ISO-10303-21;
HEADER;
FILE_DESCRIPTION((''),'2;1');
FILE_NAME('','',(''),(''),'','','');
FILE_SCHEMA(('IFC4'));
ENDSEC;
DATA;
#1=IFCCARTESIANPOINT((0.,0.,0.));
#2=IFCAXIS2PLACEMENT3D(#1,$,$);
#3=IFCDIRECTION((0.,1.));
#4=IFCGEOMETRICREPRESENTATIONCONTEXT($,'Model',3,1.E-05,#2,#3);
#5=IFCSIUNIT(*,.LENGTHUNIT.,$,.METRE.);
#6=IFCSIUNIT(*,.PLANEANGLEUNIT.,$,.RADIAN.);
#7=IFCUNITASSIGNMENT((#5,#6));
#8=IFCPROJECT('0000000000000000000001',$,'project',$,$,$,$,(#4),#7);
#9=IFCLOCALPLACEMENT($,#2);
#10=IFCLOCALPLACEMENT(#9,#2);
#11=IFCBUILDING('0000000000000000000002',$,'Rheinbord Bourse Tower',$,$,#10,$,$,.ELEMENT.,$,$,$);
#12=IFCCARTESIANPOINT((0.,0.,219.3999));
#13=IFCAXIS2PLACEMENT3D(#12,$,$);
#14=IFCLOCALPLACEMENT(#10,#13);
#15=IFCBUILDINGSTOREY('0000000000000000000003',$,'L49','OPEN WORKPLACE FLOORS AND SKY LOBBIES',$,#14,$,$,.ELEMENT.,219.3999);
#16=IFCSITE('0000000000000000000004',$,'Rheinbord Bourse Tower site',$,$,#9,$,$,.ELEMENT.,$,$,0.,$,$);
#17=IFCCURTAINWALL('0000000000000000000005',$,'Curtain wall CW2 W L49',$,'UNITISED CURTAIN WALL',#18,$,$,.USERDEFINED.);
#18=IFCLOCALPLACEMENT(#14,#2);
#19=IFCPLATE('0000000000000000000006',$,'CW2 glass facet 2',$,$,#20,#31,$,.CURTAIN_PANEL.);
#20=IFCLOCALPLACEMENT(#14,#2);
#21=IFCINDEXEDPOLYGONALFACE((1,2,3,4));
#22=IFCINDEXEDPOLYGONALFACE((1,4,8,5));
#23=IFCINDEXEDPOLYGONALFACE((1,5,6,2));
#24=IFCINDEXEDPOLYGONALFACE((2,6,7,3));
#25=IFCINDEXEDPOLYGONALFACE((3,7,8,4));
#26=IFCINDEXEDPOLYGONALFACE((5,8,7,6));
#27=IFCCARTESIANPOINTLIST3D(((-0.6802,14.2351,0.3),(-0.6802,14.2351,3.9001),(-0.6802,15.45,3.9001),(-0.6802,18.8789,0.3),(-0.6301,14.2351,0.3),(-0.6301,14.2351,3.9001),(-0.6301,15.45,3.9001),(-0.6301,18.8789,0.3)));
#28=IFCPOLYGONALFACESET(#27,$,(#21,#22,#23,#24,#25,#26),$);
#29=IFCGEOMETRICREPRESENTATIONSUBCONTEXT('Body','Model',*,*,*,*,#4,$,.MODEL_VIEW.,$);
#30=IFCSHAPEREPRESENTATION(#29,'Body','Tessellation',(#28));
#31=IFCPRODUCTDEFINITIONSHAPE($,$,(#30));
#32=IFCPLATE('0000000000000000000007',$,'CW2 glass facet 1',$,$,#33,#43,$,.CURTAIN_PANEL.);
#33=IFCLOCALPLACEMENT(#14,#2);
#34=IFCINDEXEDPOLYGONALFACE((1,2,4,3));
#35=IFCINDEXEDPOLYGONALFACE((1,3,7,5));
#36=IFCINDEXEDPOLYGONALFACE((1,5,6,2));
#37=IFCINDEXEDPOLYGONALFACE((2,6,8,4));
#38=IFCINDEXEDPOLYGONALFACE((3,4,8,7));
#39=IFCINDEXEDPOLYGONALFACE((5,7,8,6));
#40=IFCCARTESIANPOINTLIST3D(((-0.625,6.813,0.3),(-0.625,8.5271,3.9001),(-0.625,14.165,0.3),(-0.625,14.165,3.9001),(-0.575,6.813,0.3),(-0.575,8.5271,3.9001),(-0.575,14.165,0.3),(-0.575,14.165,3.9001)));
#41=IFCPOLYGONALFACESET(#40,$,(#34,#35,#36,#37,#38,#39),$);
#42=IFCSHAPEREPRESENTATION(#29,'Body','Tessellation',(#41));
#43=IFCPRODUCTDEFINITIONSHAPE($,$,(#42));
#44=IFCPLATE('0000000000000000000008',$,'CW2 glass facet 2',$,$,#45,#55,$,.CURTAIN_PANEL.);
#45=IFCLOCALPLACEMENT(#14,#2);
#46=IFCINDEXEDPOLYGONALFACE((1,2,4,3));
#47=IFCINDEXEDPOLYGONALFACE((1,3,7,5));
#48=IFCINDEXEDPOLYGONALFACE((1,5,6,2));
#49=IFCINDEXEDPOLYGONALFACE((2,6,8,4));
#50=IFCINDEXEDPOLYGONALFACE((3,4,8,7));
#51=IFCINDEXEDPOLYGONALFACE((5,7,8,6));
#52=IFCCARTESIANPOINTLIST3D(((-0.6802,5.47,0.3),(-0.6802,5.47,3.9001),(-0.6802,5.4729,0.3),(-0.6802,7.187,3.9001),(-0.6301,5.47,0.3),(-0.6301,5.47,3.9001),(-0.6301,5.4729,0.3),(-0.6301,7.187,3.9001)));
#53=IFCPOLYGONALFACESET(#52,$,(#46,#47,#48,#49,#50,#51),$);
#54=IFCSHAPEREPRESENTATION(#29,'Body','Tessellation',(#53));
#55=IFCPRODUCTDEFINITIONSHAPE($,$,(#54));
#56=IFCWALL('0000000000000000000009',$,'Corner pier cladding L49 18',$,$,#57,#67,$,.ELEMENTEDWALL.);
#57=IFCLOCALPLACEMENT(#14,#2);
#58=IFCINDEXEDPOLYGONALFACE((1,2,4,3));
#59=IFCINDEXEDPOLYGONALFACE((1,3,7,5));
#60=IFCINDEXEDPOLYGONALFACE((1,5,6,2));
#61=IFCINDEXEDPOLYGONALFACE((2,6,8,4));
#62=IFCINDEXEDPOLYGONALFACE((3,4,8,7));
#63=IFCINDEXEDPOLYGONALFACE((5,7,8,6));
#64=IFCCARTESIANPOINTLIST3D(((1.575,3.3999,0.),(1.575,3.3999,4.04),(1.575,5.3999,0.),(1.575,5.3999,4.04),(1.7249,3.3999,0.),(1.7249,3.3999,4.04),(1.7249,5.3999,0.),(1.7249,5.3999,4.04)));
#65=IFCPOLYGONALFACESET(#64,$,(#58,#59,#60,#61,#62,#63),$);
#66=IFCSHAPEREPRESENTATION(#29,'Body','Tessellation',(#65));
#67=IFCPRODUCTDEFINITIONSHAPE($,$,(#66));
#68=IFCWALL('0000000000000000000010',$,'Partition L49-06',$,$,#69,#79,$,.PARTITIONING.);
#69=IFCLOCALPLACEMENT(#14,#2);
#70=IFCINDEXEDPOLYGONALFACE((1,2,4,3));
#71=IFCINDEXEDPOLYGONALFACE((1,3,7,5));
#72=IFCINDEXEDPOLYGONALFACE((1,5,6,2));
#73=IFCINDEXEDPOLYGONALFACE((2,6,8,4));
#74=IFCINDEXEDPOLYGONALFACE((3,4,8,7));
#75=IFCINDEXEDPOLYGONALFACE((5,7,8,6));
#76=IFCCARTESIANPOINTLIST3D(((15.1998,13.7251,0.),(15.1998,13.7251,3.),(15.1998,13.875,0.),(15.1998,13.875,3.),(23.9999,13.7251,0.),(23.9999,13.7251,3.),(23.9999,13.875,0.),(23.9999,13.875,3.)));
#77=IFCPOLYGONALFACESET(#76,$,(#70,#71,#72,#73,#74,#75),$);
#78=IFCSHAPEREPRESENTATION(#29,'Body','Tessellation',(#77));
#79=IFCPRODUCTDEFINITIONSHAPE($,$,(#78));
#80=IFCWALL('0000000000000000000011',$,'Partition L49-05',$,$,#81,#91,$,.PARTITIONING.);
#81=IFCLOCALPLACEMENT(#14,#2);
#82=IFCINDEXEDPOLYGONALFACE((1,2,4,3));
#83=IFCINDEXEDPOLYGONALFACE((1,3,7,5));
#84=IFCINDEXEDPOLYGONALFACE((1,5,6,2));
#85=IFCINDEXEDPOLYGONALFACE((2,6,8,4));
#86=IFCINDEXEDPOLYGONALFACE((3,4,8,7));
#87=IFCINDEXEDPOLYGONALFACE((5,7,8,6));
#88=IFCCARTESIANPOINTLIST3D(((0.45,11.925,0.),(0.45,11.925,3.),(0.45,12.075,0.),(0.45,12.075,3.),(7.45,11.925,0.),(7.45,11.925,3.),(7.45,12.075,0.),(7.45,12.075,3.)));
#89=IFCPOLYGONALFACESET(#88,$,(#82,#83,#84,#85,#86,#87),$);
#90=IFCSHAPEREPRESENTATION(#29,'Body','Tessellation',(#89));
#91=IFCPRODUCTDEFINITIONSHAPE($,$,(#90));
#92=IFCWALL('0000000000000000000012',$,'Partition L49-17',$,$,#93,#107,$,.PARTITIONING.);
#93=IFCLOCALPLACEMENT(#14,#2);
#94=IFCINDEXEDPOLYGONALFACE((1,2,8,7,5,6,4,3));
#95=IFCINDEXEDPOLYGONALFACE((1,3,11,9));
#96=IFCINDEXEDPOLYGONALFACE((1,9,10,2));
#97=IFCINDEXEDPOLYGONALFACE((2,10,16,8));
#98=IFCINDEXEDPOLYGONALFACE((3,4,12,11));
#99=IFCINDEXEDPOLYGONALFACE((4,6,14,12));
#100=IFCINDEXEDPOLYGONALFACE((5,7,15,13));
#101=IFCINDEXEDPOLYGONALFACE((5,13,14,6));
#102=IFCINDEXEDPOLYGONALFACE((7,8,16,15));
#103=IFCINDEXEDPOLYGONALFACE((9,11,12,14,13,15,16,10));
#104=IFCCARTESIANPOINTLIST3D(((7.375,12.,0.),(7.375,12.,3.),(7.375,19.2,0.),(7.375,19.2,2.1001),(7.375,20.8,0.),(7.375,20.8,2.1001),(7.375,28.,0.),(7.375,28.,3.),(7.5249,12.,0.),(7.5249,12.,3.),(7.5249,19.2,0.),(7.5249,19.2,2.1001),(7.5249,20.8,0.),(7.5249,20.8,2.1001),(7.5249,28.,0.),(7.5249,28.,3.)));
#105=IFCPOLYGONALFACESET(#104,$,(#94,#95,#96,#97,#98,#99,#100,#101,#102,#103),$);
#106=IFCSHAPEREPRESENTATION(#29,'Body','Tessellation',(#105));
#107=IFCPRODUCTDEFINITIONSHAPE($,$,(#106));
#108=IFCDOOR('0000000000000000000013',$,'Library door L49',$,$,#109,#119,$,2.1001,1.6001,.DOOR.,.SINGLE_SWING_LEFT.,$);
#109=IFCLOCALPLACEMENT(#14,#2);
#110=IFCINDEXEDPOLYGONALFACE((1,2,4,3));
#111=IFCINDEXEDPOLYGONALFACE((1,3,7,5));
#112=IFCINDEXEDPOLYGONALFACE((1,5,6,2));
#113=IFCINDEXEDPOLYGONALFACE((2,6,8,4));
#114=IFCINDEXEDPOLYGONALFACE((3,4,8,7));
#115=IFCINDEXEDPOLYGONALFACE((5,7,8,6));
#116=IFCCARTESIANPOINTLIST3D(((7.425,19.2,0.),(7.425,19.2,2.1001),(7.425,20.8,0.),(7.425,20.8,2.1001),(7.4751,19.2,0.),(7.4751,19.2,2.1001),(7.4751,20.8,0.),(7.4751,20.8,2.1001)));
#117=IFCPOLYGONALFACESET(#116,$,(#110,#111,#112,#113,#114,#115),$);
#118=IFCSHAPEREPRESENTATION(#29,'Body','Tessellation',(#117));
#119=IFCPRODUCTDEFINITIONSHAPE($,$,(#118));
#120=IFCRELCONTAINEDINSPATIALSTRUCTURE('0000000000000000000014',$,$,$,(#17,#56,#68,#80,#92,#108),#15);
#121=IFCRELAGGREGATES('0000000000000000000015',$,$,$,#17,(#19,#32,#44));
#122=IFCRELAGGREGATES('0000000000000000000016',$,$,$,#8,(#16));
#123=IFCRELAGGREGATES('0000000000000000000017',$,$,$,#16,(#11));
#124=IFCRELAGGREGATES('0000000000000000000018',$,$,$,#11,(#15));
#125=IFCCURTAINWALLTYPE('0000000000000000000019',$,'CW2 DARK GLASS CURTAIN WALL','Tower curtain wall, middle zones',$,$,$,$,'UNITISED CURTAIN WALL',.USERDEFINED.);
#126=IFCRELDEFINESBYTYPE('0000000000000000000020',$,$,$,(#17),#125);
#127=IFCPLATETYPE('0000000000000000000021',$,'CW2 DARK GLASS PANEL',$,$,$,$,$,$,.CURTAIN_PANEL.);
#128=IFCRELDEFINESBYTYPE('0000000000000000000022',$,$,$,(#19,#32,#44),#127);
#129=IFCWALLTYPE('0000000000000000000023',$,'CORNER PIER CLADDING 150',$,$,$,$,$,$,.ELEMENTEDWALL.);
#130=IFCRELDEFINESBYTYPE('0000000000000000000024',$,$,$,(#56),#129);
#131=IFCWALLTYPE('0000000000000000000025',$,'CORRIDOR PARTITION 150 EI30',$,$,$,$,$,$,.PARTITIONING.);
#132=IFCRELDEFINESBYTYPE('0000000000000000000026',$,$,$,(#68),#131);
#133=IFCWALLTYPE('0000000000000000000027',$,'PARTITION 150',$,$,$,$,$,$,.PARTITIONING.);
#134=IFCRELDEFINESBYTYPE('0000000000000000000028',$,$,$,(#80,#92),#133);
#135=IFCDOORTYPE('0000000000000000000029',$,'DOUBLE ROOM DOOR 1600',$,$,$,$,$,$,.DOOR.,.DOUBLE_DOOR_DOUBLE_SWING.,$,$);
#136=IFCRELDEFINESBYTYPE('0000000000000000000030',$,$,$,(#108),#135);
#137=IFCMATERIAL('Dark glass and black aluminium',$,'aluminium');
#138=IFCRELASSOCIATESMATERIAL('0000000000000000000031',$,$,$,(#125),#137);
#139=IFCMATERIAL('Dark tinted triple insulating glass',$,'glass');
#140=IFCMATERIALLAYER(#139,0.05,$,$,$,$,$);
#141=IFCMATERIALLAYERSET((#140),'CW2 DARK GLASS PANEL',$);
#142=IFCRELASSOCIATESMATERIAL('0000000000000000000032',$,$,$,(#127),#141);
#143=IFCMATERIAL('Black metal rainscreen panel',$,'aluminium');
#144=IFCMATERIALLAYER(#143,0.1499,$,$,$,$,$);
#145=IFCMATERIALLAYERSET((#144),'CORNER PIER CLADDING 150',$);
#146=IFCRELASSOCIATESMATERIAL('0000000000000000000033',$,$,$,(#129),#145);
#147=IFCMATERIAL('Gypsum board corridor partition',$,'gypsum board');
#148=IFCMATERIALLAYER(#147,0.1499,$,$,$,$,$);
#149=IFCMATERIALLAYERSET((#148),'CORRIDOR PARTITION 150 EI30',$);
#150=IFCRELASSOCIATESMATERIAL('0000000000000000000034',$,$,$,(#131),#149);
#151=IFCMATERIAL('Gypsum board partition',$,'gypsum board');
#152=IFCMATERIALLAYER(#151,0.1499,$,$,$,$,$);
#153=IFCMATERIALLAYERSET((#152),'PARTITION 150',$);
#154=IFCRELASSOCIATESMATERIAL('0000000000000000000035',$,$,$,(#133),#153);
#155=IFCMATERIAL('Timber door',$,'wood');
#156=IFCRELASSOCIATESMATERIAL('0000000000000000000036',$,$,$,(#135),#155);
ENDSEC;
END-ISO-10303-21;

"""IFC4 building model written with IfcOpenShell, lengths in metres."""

from ifc_helpers import new_model, si_unit, direction, frame, frame_2d, origin, place, context, subcontext, project, spatial, polyline, rectangle, outline, extrude, material, layer, layer_set, type_object, element, fill, aggregate, save


model = new_model("IFC4")

# Units and contexts
model_context = context("Model", 3, precision=1e-05, world=origin(), true_north=direction((0.0, 1.0)))
body_context = subcontext(model_context, "Body", "Model", "MODEL_VIEW")
ifc_project = project(units=[si_unit("LENGTHUNIT", "METRE"), si_unit("PLANEANGLEUNIT", "RADIAN")], contexts=[model_context])

# Site, building, storey
site_placement = place(None, origin())
site = spatial("IfcSite", under=ifc_project, at=site_placement, Name="Rheinbord Bourse Tower site", CompositionType="ELEMENT", RefElevation=0.0)
building_placement = place(site_placement, origin())
building = spatial("IfcBuilding", under=site, at=building_placement, Name="Rheinbord Bourse Tower", CompositionType="ELEMENT")
storey_placement = place(building_placement, frame((0.0, 0.0, 219.3999)))
storey = spatial("IfcBuildingStorey", under=building, at=storey_placement, Name="L49", Description="OPEN WORKPLACE FLOORS AND SKY LOBBIES", CompositionType="ELEMENT", Elevation=219.3999)

# Curtain wall
ifc_material_1 = material(Name="Dark glass and black aluminium", Category="aluminium")
curtain_wall_type = type_object("IfcCurtainWallType", Name="CW2 DARK GLASS CURTAIN WALL", Description="Tower curtain wall, middle zones", ElementType="UNITISED CURTAIN WALL", PredefinedType="USERDEFINED", material=ifc_material_1)
curtain_wall_placement = place(storey_placement, origin())
curtain_wall = element("IfcCurtainWall", 1, at=curtain_wall_placement, inside=storey, type_object=curtain_wall_type, Name="Curtain wall CW2 W L49", ObjectType="UNITISED CURTAIN WALL", PredefinedType="USERDEFINED")

# Plates
ifc_material_2 = material(Name="Dark tinted triple insulating glass", Category="glass")
ifc_layer_1 = layer(ifc_material_2, 0.05)
ifc_layer_set_1 = layer_set([ifc_layer_1], Name="CW2 DARK GLASS PANEL")
plate_type = type_object("IfcPlateType", Name="CW2 DARK GLASS PANEL", PredefinedType="CURTAIN_PANEL", material=ifc_layer_set_1)
plate_1_placement = place(storey_placement, frame((-0.6802, 14.2351, 3.9001), z_axis=(1.0, 0.0, 0.0), x_axis=(0.0, 0.0, -1.0)))
plate_1 = element("IfcPlate", 2, at=plate_1_placement, type_object=plate_type, Name="CW2 glass facet 2", PredefinedType="CURTAIN_PANEL", context=body_context, shape_type="SweptSolid", body=[
    extrude(outline(polyline([(0.0, 0.0), (3.6001, 0.0), (3.6001, 4.6438), (0.0, 1.2148), (0.0, 0.0)])), origin(), (0.0, 0.0, 1.0), 0.05),
])
plate_2_placement = place(storey_placement, frame((-0.625, 14.165, 0.3), z_axis=(1.0, 0.0, 0.0), x_axis=(0.0, 0.0, 1.0)))
plate_2 = element("IfcPlate", 3, at=plate_2_placement, type_object=plate_type, Name="CW2 glass facet 1", PredefinedType="CURTAIN_PANEL", context=body_context, shape_type="SweptSolid", body=[
    extrude(outline(polyline([(0.0, 0.0), (3.6001, 0.0), (3.6001, 5.6379), (0.0, 7.3521), (0.0, 0.0)])), origin(), (0.0, 0.0, 1.0), 0.05),
])
plate_3_placement = place(storey_placement, frame((-0.6802, 5.47, 3.9001), z_axis=(1.0, 0.0, 0.0), x_axis=(0.0, 0.0, -1.0)))
plate_3 = element("IfcPlate", 4, at=plate_3_placement, type_object=plate_type, Name="CW2 glass facet 2", PredefinedType="CURTAIN_PANEL", context=body_context, shape_type="SweptSolid", body=[
    extrude(outline(polyline([(0.0, 0.0), (3.6001, 0.0), (3.6001, 0.0029), (0.0, 1.717), (0.0, 0.0)])), origin(), (0.0, 0.0, 1.0), 0.05),
])
aggregate(curtain_wall, [plate_1, plate_2, plate_3])

# Walls
ifc_material_3 = material(Name="Black metal rainscreen panel", Category="aluminium")
ifc_layer_2 = layer(ifc_material_3, 0.1499)
ifc_layer_set_2 = layer_set([ifc_layer_2], Name="CORNER PIER CLADDING 150")
wall_type_1 = type_object("IfcWallType", Name="CORNER PIER CLADDING 150", PredefinedType="ELEMENTEDWALL", material=ifc_layer_set_2)
wall_1_placement = place(storey_placement, frame((1.6499, 5.3999, 0.0), z_axis=(0.0, 0.0, 1.0), x_axis=(0.0, -1.0, 0.0)))
element("IfcWall", 5, at=wall_1_placement, inside=storey, type_object=wall_type_1, Name="Corner pier cladding L49 18", PredefinedType="ELEMENTEDWALL", context=body_context, shape_type="SweptSolid", body=[
    extrude(rectangle(XDim=2.0, YDim=0.1499, at=frame_2d((1.0, 0.0))), origin(), (0.0, 0.0, 1.0), 4.04),
])
ifc_material_4 = material(Name="Gypsum board corridor partition", Category="gypsum board")
ifc_layer_3 = layer(ifc_material_4, 0.1499)
ifc_layer_set_3 = layer_set([ifc_layer_3], Name="CORRIDOR PARTITION 150 EI30")
wall_type_2 = type_object("IfcWallType", Name="CORRIDOR PARTITION 150 EI30", PredefinedType="PARTITIONING", material=ifc_layer_set_3)
wall_2_placement = place(storey_placement, frame((15.2, 13.8, 0.0), z_axis=(0.0, 0.0, 1.0), x_axis=(1.0, 0.0, 0.0)))
element("IfcWall", 6, at=wall_2_placement, inside=storey, type_object=wall_type_2, Name="Partition L49-06", PredefinedType="PARTITIONING", context=body_context, shape_type="SweptSolid", body=[
    extrude(rectangle(XDim=8.8, YDim=0.1499, at=frame_2d((4.3999, 0.0))), origin(), (0.0, 0.0, 1.0), 3.0),
])
ifc_material_5 = material(Name="Gypsum board partition", Category="gypsum board")
ifc_layer_4 = layer(ifc_material_5, 0.1499)
ifc_layer_set_4 = layer_set([ifc_layer_4], Name="PARTITION 150")
wall_type_3 = type_object("IfcWallType", Name="PARTITION 150", PredefinedType="PARTITIONING", material=ifc_layer_set_4)
wall_3_placement = place(storey_placement, frame((0.45, 12.0, 0.0), z_axis=(0.0, 0.0, 1.0), x_axis=(1.0, 0.0, 0.0)))
element("IfcWall", 7, at=wall_3_placement, inside=storey, type_object=wall_type_3, Name="Partition L49-05", PredefinedType="PARTITIONING", context=body_context, shape_type="SweptSolid", body=[
    extrude(rectangle(XDim=7.0, YDim=0.1499, at=frame_2d((3.5, 0.0))), origin(), (0.0, 0.0, 1.0), 3.0),
])

# Wall, opening, door
wall_4_placement = place(storey_placement, frame((7.45, 12.0, 0.0), z_axis=(0.0, 0.0, 1.0), x_axis=(0.0, 1.0, 0.0)))
wall_4 = element("IfcWall", 8, at=wall_4_placement, inside=storey, type_object=wall_type_3, Name="Partition L49-17", PredefinedType="PARTITIONING", context=body_context, shape_type="SweptSolid", body=[
    extrude(rectangle(XDim=16.0, YDim=0.1499, at=frame_2d((8.0, 0.0))), origin(), (0.0, 0.0, 1.0), 3.0),
])
opening_placement = place(wall_4_placement, frame((7.2, 0.0, 0.0)))
opening = element("IfcOpeningElement", 9, at=opening_placement, cuts=wall_4, PredefinedType="OPENING", context=body_context, shape_type="SweptSolid", body=[
    extrude(rectangle(XDim=1.6001, YDim=2.1001, at=frame_2d((0.8, 1.05))), frame((0.0, 0.085, 0.0), z_axis=(0.0, -1.0, 0.0), x_axis=(1.0, 0.0, 0.0)), (0.0, 0.0, 1.0), 0.1699),
])
ifc_material_6 = material(Name="Timber door", Category="wood")
door_type = type_object("IfcDoorType", Name="DOUBLE ROOM DOOR 1600", OperationType="DOUBLE_DOOR_DOUBLE_SWING", PredefinedType="DOOR", material=ifc_material_6)
door_placement = place(opening_placement, origin())
door = element("IfcDoor", 10, at=door_placement, inside=storey, type_object=door_type, Name="Library door L49", OperationType="SINGLE_SWING_LEFT", OverallHeight=2.1001, OverallWidth=1.6001, PredefinedType="DOOR", context=body_context, shape_type="SweptSolid", body=[
    extrude(rectangle(XDim=1.6001, YDim=2.1001, at=frame_2d((0.8, 1.05))), frame((0.0, 0.0249, 0.0), z_axis=(0.0, -1.0, 0.0), x_axis=(1.0, 0.0, 0.0)), (0.0, 0.0, 1.0), 0.05),
])
fill(opening, door)

save(model, "model.ifc")
